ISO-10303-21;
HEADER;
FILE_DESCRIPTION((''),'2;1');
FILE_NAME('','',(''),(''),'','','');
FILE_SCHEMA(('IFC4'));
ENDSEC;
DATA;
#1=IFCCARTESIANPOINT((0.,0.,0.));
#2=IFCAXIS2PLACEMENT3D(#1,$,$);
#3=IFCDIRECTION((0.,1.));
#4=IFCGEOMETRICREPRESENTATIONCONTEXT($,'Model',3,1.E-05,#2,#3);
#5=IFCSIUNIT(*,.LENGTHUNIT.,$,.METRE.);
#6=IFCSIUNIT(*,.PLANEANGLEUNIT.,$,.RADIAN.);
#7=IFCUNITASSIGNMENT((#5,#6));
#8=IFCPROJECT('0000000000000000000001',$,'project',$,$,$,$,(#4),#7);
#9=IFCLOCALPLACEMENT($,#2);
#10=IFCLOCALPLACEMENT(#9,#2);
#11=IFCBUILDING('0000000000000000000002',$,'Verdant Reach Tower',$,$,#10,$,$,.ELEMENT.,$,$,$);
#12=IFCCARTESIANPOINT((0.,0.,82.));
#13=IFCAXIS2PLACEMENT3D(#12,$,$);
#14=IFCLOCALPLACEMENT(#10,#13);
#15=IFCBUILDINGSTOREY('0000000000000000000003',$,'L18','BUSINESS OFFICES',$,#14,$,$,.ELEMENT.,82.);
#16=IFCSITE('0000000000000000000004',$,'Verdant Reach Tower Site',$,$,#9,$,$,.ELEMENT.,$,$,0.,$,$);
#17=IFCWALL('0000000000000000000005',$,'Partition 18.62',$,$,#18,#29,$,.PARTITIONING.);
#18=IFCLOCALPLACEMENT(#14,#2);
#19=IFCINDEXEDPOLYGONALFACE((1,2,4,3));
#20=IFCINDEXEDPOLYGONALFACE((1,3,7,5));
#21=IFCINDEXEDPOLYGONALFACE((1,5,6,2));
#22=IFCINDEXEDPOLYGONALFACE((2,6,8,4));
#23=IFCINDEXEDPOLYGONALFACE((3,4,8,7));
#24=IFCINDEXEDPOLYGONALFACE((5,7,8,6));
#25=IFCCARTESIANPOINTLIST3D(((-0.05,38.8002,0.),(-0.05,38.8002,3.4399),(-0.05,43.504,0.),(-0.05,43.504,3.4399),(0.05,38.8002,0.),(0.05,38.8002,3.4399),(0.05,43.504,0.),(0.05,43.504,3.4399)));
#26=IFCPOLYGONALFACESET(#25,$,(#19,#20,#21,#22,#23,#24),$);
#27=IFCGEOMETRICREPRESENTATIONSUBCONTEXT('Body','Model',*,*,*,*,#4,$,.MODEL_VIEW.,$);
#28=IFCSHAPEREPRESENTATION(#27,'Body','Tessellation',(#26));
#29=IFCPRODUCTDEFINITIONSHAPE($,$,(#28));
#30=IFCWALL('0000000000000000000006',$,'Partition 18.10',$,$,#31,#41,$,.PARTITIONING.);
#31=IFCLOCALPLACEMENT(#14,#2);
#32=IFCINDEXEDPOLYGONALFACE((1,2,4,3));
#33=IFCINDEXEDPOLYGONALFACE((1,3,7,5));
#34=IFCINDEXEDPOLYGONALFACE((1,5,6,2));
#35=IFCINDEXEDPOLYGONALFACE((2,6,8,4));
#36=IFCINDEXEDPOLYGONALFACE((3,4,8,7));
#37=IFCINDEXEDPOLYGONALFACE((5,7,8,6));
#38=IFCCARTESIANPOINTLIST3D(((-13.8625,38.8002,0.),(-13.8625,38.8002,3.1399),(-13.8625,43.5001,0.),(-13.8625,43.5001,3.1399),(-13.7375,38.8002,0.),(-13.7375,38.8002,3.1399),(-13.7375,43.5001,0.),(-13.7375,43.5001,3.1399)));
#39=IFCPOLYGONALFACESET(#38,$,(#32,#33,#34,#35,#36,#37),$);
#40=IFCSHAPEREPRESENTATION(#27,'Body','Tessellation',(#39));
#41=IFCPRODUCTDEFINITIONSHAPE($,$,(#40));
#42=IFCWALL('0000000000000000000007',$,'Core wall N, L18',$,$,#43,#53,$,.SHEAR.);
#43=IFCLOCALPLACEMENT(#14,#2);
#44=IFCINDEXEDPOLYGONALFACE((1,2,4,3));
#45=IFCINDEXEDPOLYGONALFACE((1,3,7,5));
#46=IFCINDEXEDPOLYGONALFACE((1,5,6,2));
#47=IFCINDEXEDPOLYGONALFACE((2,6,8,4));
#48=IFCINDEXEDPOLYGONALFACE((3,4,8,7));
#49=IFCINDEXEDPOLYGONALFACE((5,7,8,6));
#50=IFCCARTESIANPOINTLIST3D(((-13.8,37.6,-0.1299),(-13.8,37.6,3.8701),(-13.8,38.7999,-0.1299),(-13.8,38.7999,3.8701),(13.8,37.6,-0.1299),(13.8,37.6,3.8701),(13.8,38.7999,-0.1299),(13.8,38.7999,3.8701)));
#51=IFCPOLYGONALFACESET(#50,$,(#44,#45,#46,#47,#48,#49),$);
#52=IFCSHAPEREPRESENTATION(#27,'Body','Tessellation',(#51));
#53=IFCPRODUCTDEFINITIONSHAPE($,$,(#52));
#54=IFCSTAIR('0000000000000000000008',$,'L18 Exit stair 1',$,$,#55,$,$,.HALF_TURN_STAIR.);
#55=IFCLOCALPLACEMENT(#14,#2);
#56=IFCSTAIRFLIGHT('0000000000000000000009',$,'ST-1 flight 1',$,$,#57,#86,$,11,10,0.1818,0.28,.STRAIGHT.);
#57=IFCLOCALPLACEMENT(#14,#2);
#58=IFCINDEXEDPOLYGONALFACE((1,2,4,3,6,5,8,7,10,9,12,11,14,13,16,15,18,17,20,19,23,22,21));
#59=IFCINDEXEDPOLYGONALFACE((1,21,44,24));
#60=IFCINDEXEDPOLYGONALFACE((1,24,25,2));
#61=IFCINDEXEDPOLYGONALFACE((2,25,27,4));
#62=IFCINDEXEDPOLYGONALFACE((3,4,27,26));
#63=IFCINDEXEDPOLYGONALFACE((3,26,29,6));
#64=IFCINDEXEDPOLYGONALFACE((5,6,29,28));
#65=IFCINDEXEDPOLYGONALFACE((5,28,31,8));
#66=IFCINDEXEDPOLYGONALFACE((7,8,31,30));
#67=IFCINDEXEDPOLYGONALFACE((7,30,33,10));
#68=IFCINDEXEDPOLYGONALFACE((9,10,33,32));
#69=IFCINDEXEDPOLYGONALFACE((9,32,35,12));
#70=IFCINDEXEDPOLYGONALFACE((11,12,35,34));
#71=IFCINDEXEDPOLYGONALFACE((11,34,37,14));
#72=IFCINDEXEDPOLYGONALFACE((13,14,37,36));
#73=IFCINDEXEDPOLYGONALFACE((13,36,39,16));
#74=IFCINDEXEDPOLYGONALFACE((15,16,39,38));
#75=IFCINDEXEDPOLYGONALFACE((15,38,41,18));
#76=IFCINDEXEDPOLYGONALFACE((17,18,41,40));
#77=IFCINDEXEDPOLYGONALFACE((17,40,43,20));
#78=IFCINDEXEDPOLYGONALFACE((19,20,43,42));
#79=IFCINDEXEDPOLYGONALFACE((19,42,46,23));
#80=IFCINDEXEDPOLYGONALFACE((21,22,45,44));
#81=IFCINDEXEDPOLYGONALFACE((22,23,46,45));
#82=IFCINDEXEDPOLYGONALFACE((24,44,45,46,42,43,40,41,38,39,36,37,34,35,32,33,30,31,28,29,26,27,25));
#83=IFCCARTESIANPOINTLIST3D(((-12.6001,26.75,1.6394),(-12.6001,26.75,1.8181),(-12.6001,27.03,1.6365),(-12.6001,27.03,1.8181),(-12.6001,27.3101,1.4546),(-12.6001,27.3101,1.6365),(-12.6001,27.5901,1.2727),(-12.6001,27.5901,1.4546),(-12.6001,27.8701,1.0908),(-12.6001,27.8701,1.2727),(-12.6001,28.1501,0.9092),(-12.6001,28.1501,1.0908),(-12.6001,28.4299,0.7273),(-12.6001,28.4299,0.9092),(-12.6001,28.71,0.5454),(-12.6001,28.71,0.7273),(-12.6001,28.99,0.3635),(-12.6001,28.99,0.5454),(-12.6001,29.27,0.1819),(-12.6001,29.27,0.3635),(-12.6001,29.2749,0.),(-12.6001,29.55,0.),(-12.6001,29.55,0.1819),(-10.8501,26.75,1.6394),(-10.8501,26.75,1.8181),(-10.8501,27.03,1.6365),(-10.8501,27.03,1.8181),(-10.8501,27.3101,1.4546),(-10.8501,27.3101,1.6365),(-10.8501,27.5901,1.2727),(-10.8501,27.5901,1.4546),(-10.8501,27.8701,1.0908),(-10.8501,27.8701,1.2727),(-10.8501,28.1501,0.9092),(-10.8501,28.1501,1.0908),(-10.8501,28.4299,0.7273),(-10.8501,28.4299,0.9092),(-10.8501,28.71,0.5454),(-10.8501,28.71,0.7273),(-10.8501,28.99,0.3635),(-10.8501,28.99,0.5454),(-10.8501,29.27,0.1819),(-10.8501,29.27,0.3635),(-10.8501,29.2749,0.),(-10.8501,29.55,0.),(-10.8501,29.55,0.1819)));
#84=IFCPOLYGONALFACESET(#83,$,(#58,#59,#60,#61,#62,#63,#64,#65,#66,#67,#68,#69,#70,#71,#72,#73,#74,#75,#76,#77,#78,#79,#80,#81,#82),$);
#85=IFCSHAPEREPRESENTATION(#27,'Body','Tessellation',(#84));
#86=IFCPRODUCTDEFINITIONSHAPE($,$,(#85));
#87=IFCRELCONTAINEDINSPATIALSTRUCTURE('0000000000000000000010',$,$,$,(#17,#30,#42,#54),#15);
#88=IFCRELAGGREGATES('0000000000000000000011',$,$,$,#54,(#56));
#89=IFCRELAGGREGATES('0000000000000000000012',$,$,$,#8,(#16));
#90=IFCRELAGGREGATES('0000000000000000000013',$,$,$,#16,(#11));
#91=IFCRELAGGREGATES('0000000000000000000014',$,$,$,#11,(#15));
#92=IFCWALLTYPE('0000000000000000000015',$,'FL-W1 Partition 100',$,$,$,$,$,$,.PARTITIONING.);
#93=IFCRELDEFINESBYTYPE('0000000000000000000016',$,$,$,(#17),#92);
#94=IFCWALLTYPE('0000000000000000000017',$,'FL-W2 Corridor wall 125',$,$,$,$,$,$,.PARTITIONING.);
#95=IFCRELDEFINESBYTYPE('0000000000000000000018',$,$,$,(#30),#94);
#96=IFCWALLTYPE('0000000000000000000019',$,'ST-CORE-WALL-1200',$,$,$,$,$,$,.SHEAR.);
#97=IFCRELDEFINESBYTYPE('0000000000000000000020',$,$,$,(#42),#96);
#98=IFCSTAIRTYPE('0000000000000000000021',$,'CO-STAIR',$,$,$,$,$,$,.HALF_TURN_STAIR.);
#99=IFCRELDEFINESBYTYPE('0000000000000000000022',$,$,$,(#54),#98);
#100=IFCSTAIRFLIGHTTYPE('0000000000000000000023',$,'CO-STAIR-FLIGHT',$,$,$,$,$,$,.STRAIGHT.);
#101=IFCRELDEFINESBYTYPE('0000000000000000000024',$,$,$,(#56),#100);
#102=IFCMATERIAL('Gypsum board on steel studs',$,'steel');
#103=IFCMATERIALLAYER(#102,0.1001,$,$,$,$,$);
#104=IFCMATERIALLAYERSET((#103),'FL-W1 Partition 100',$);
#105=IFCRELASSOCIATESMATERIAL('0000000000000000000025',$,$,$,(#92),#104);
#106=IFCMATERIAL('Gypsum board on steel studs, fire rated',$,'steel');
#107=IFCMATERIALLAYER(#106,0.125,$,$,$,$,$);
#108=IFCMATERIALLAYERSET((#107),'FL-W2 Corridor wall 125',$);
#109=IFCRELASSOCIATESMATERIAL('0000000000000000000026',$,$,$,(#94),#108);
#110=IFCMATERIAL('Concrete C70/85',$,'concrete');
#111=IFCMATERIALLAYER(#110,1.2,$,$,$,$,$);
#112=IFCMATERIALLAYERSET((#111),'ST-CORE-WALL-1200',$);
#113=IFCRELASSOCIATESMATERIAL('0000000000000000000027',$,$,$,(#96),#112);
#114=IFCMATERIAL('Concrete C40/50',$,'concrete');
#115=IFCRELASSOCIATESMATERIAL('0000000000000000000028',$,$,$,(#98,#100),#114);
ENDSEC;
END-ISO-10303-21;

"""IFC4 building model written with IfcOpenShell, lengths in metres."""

from ifc_helpers import new_model, si_unit, direction, frame, frame_2d, origin, place, context, subcontext, project, spatial, polyline, rectangle, outline, extrude, material, layer, layer_set, type_object, element, aggregate, save


model = new_model("IFC4")

# Units and contexts
model_context = context("Model", 3, precision=1e-05, world=origin(), true_north=direction((0.0, 1.0)))
body_context = subcontext(model_context, "Body", "Model", "MODEL_VIEW")
ifc_project = project(units=[si_unit("LENGTHUNIT", "METRE"), si_unit("PLANEANGLEUNIT", "RADIAN")], contexts=[model_context])

# Site, building, storey
site_placement = place(None, origin())
site = spatial("IfcSite", under=ifc_project, at=site_placement, Name="Verdant Reach Tower Site", CompositionType="ELEMENT", RefElevation=0.0)
building_placement = place(site_placement, origin())
building = spatial("IfcBuilding", under=site, at=building_placement, Name="Verdant Reach Tower", CompositionType="ELEMENT")
storey_placement = place(building_placement, frame((0.0, 0.0, 82.0)))
storey = spatial("IfcBuildingStorey", under=building, at=storey_placement, Name="L18", Description="BUSINESS OFFICES", CompositionType="ELEMENT", Elevation=82.0)

# Shared definitions
ifc_material_1 = material(Name="Concrete C40/50", Category="concrete")

# Walls
ifc_material_2 = material(Name="Gypsum board on steel studs", Category="steel")
ifc_layer_1 = layer(ifc_material_2, 0.1001)
ifc_layer_set_1 = layer_set([ifc_layer_1], Name="FL-W1 Partition 100")
wall_type_1 = type_object("IfcWallType", Name="FL-W1 Partition 100", PredefinedType="PARTITIONING", material=ifc_layer_set_1)
wall_1_placement = place(storey_placement, frame((0.0, 38.8, 0.0), z_axis=(0.0, 0.0, 1.0), x_axis=(0.0, 1.0, 0.0)))
element("IfcWall", 1, at=wall_1_placement, inside=storey, type_object=wall_type_1, Name="Partition 18.62", PredefinedType="PARTITIONING", context=body_context, shape_type="SweptSolid", body=[
    extrude(rectangle(XDim=4.7039, YDim=0.1001, at=frame_2d((2.3521, 0.0))), origin(), (0.0, 0.0, 1.0), 3.4399),
])
ifc_material_3 = material(Name="Gypsum board on steel studs, fire rated", Category="steel")
ifc_layer_2 = layer(ifc_material_3, 0.125)
ifc_layer_set_2 = layer_set([ifc_layer_2], Name="FL-W2 Corridor wall 125")
wall_type_2 = type_object("IfcWallType", Name="FL-W2 Corridor wall 125", PredefinedType="PARTITIONING", material=ifc_layer_set_2)
wall_2_placement = place(storey_placement, frame((-13.8, 38.8, 0.0), z_axis=(0.0, 0.0, 1.0), x_axis=(0.0, 1.0, 0.0)))
element("IfcWall", 2, at=wall_2_placement, inside=storey, type_object=wall_type_2, Name="Partition 18.10", PredefinedType="PARTITIONING", context=body_context, shape_type="SweptSolid", body=[
    extrude(rectangle(XDim=4.7, YDim=0.125, at=frame_2d((2.3501, 0.0))), origin(), (0.0, 0.0, 1.0), 3.1399),
])
ifc_material_4 = material(Name="Concrete C70/85", Category="concrete")
ifc_layer_3 = layer(ifc_material_4, 1.2)
ifc_layer_set_3 = layer_set([ifc_layer_3], Name="ST-CORE-WALL-1200")
wall_type_3 = type_object("IfcWallType", Name="ST-CORE-WALL-1200", PredefinedType="SHEAR", material=ifc_layer_set_3)
wall_3_placement = place(storey_placement, frame((-13.8, 38.2, -0.1299), z_axis=(0.0, 0.0, 1.0), x_axis=(1.0, 0.0, 0.0)))
element("IfcWall", 3, at=wall_3_placement, inside=storey, type_object=wall_type_3, Name="Core wall N, L18", PredefinedType="SHEAR", context=body_context, shape_type="SweptSolid", body=[
    extrude(rectangle(XDim=27.6001, YDim=1.2, at=frame_2d((13.8, 0.0))), origin(), (0.0, 0.0, 1.0), 4.0),
])

# Stair, stair flight
stair_type = type_object("IfcStairType", Name="CO-STAIR", PredefinedType="HALF_TURN_STAIR", material=ifc_material_1)
stair_placement = place(storey_placement, origin())
stair = element("IfcStair", 4, at=stair_placement, inside=storey, type_object=stair_type, Name="L18 Exit stair 1", PredefinedType="HALF_TURN_STAIR")
stair_flight_type = type_object("IfcStairFlightType", Name="CO-STAIR-FLIGHT", PredefinedType="STRAIGHT", material=ifc_material_1)
stair_flight_placement = place(storey_placement, frame((-11.7251, 29.55, 0.0), z_axis=(0.0, 0.0, 1.0), x_axis=(0.0, -1.0, 0.0)))
stair_flight = element("IfcStairFlight", 5, at=stair_flight_placement, type_object=stair_flight_type, Name="ST-1 flight 1", NumberOfRisers=11, NumberOfTreads=10, PredefinedType="STRAIGHT", RiserHeight=0.1818, TreadLength=0.28, context=body_context, shape_type="SweptSolid", body=[
    extrude(outline(polyline([(0.0, 0.0), (0.0, 0.1819), (0.28, 0.1819), (0.28, 0.3635), (0.5601, 0.3635), (0.5601, 0.5454), (0.8401, 0.5454), (0.8401, 0.7273), (1.1201, 0.7273), (1.1201, 0.9092), (1.3999, 0.9092), (1.3999, 1.0908), (1.6799, 1.0908), (1.6799, 1.2727), (1.96, 1.2727), (1.96, 1.4546), (2.24, 1.4546), (2.24, 1.6365), (2.52, 1.6365), (2.52, 1.8181), (2.8, 1.8181), (2.8, 2.0), (2.8, 1.6394), (0.2751, 0.0), (0.0, 0.0)])), frame((0.0, 0.875, 0.0), z_axis=(0.0, -1.0, 0.0), x_axis=(1.0, 0.0, 0.0)), (0.0, 0.0, 1.0), 1.75),
])
aggregate(stair, [stair_flight])

save(model, "model.ifc")
